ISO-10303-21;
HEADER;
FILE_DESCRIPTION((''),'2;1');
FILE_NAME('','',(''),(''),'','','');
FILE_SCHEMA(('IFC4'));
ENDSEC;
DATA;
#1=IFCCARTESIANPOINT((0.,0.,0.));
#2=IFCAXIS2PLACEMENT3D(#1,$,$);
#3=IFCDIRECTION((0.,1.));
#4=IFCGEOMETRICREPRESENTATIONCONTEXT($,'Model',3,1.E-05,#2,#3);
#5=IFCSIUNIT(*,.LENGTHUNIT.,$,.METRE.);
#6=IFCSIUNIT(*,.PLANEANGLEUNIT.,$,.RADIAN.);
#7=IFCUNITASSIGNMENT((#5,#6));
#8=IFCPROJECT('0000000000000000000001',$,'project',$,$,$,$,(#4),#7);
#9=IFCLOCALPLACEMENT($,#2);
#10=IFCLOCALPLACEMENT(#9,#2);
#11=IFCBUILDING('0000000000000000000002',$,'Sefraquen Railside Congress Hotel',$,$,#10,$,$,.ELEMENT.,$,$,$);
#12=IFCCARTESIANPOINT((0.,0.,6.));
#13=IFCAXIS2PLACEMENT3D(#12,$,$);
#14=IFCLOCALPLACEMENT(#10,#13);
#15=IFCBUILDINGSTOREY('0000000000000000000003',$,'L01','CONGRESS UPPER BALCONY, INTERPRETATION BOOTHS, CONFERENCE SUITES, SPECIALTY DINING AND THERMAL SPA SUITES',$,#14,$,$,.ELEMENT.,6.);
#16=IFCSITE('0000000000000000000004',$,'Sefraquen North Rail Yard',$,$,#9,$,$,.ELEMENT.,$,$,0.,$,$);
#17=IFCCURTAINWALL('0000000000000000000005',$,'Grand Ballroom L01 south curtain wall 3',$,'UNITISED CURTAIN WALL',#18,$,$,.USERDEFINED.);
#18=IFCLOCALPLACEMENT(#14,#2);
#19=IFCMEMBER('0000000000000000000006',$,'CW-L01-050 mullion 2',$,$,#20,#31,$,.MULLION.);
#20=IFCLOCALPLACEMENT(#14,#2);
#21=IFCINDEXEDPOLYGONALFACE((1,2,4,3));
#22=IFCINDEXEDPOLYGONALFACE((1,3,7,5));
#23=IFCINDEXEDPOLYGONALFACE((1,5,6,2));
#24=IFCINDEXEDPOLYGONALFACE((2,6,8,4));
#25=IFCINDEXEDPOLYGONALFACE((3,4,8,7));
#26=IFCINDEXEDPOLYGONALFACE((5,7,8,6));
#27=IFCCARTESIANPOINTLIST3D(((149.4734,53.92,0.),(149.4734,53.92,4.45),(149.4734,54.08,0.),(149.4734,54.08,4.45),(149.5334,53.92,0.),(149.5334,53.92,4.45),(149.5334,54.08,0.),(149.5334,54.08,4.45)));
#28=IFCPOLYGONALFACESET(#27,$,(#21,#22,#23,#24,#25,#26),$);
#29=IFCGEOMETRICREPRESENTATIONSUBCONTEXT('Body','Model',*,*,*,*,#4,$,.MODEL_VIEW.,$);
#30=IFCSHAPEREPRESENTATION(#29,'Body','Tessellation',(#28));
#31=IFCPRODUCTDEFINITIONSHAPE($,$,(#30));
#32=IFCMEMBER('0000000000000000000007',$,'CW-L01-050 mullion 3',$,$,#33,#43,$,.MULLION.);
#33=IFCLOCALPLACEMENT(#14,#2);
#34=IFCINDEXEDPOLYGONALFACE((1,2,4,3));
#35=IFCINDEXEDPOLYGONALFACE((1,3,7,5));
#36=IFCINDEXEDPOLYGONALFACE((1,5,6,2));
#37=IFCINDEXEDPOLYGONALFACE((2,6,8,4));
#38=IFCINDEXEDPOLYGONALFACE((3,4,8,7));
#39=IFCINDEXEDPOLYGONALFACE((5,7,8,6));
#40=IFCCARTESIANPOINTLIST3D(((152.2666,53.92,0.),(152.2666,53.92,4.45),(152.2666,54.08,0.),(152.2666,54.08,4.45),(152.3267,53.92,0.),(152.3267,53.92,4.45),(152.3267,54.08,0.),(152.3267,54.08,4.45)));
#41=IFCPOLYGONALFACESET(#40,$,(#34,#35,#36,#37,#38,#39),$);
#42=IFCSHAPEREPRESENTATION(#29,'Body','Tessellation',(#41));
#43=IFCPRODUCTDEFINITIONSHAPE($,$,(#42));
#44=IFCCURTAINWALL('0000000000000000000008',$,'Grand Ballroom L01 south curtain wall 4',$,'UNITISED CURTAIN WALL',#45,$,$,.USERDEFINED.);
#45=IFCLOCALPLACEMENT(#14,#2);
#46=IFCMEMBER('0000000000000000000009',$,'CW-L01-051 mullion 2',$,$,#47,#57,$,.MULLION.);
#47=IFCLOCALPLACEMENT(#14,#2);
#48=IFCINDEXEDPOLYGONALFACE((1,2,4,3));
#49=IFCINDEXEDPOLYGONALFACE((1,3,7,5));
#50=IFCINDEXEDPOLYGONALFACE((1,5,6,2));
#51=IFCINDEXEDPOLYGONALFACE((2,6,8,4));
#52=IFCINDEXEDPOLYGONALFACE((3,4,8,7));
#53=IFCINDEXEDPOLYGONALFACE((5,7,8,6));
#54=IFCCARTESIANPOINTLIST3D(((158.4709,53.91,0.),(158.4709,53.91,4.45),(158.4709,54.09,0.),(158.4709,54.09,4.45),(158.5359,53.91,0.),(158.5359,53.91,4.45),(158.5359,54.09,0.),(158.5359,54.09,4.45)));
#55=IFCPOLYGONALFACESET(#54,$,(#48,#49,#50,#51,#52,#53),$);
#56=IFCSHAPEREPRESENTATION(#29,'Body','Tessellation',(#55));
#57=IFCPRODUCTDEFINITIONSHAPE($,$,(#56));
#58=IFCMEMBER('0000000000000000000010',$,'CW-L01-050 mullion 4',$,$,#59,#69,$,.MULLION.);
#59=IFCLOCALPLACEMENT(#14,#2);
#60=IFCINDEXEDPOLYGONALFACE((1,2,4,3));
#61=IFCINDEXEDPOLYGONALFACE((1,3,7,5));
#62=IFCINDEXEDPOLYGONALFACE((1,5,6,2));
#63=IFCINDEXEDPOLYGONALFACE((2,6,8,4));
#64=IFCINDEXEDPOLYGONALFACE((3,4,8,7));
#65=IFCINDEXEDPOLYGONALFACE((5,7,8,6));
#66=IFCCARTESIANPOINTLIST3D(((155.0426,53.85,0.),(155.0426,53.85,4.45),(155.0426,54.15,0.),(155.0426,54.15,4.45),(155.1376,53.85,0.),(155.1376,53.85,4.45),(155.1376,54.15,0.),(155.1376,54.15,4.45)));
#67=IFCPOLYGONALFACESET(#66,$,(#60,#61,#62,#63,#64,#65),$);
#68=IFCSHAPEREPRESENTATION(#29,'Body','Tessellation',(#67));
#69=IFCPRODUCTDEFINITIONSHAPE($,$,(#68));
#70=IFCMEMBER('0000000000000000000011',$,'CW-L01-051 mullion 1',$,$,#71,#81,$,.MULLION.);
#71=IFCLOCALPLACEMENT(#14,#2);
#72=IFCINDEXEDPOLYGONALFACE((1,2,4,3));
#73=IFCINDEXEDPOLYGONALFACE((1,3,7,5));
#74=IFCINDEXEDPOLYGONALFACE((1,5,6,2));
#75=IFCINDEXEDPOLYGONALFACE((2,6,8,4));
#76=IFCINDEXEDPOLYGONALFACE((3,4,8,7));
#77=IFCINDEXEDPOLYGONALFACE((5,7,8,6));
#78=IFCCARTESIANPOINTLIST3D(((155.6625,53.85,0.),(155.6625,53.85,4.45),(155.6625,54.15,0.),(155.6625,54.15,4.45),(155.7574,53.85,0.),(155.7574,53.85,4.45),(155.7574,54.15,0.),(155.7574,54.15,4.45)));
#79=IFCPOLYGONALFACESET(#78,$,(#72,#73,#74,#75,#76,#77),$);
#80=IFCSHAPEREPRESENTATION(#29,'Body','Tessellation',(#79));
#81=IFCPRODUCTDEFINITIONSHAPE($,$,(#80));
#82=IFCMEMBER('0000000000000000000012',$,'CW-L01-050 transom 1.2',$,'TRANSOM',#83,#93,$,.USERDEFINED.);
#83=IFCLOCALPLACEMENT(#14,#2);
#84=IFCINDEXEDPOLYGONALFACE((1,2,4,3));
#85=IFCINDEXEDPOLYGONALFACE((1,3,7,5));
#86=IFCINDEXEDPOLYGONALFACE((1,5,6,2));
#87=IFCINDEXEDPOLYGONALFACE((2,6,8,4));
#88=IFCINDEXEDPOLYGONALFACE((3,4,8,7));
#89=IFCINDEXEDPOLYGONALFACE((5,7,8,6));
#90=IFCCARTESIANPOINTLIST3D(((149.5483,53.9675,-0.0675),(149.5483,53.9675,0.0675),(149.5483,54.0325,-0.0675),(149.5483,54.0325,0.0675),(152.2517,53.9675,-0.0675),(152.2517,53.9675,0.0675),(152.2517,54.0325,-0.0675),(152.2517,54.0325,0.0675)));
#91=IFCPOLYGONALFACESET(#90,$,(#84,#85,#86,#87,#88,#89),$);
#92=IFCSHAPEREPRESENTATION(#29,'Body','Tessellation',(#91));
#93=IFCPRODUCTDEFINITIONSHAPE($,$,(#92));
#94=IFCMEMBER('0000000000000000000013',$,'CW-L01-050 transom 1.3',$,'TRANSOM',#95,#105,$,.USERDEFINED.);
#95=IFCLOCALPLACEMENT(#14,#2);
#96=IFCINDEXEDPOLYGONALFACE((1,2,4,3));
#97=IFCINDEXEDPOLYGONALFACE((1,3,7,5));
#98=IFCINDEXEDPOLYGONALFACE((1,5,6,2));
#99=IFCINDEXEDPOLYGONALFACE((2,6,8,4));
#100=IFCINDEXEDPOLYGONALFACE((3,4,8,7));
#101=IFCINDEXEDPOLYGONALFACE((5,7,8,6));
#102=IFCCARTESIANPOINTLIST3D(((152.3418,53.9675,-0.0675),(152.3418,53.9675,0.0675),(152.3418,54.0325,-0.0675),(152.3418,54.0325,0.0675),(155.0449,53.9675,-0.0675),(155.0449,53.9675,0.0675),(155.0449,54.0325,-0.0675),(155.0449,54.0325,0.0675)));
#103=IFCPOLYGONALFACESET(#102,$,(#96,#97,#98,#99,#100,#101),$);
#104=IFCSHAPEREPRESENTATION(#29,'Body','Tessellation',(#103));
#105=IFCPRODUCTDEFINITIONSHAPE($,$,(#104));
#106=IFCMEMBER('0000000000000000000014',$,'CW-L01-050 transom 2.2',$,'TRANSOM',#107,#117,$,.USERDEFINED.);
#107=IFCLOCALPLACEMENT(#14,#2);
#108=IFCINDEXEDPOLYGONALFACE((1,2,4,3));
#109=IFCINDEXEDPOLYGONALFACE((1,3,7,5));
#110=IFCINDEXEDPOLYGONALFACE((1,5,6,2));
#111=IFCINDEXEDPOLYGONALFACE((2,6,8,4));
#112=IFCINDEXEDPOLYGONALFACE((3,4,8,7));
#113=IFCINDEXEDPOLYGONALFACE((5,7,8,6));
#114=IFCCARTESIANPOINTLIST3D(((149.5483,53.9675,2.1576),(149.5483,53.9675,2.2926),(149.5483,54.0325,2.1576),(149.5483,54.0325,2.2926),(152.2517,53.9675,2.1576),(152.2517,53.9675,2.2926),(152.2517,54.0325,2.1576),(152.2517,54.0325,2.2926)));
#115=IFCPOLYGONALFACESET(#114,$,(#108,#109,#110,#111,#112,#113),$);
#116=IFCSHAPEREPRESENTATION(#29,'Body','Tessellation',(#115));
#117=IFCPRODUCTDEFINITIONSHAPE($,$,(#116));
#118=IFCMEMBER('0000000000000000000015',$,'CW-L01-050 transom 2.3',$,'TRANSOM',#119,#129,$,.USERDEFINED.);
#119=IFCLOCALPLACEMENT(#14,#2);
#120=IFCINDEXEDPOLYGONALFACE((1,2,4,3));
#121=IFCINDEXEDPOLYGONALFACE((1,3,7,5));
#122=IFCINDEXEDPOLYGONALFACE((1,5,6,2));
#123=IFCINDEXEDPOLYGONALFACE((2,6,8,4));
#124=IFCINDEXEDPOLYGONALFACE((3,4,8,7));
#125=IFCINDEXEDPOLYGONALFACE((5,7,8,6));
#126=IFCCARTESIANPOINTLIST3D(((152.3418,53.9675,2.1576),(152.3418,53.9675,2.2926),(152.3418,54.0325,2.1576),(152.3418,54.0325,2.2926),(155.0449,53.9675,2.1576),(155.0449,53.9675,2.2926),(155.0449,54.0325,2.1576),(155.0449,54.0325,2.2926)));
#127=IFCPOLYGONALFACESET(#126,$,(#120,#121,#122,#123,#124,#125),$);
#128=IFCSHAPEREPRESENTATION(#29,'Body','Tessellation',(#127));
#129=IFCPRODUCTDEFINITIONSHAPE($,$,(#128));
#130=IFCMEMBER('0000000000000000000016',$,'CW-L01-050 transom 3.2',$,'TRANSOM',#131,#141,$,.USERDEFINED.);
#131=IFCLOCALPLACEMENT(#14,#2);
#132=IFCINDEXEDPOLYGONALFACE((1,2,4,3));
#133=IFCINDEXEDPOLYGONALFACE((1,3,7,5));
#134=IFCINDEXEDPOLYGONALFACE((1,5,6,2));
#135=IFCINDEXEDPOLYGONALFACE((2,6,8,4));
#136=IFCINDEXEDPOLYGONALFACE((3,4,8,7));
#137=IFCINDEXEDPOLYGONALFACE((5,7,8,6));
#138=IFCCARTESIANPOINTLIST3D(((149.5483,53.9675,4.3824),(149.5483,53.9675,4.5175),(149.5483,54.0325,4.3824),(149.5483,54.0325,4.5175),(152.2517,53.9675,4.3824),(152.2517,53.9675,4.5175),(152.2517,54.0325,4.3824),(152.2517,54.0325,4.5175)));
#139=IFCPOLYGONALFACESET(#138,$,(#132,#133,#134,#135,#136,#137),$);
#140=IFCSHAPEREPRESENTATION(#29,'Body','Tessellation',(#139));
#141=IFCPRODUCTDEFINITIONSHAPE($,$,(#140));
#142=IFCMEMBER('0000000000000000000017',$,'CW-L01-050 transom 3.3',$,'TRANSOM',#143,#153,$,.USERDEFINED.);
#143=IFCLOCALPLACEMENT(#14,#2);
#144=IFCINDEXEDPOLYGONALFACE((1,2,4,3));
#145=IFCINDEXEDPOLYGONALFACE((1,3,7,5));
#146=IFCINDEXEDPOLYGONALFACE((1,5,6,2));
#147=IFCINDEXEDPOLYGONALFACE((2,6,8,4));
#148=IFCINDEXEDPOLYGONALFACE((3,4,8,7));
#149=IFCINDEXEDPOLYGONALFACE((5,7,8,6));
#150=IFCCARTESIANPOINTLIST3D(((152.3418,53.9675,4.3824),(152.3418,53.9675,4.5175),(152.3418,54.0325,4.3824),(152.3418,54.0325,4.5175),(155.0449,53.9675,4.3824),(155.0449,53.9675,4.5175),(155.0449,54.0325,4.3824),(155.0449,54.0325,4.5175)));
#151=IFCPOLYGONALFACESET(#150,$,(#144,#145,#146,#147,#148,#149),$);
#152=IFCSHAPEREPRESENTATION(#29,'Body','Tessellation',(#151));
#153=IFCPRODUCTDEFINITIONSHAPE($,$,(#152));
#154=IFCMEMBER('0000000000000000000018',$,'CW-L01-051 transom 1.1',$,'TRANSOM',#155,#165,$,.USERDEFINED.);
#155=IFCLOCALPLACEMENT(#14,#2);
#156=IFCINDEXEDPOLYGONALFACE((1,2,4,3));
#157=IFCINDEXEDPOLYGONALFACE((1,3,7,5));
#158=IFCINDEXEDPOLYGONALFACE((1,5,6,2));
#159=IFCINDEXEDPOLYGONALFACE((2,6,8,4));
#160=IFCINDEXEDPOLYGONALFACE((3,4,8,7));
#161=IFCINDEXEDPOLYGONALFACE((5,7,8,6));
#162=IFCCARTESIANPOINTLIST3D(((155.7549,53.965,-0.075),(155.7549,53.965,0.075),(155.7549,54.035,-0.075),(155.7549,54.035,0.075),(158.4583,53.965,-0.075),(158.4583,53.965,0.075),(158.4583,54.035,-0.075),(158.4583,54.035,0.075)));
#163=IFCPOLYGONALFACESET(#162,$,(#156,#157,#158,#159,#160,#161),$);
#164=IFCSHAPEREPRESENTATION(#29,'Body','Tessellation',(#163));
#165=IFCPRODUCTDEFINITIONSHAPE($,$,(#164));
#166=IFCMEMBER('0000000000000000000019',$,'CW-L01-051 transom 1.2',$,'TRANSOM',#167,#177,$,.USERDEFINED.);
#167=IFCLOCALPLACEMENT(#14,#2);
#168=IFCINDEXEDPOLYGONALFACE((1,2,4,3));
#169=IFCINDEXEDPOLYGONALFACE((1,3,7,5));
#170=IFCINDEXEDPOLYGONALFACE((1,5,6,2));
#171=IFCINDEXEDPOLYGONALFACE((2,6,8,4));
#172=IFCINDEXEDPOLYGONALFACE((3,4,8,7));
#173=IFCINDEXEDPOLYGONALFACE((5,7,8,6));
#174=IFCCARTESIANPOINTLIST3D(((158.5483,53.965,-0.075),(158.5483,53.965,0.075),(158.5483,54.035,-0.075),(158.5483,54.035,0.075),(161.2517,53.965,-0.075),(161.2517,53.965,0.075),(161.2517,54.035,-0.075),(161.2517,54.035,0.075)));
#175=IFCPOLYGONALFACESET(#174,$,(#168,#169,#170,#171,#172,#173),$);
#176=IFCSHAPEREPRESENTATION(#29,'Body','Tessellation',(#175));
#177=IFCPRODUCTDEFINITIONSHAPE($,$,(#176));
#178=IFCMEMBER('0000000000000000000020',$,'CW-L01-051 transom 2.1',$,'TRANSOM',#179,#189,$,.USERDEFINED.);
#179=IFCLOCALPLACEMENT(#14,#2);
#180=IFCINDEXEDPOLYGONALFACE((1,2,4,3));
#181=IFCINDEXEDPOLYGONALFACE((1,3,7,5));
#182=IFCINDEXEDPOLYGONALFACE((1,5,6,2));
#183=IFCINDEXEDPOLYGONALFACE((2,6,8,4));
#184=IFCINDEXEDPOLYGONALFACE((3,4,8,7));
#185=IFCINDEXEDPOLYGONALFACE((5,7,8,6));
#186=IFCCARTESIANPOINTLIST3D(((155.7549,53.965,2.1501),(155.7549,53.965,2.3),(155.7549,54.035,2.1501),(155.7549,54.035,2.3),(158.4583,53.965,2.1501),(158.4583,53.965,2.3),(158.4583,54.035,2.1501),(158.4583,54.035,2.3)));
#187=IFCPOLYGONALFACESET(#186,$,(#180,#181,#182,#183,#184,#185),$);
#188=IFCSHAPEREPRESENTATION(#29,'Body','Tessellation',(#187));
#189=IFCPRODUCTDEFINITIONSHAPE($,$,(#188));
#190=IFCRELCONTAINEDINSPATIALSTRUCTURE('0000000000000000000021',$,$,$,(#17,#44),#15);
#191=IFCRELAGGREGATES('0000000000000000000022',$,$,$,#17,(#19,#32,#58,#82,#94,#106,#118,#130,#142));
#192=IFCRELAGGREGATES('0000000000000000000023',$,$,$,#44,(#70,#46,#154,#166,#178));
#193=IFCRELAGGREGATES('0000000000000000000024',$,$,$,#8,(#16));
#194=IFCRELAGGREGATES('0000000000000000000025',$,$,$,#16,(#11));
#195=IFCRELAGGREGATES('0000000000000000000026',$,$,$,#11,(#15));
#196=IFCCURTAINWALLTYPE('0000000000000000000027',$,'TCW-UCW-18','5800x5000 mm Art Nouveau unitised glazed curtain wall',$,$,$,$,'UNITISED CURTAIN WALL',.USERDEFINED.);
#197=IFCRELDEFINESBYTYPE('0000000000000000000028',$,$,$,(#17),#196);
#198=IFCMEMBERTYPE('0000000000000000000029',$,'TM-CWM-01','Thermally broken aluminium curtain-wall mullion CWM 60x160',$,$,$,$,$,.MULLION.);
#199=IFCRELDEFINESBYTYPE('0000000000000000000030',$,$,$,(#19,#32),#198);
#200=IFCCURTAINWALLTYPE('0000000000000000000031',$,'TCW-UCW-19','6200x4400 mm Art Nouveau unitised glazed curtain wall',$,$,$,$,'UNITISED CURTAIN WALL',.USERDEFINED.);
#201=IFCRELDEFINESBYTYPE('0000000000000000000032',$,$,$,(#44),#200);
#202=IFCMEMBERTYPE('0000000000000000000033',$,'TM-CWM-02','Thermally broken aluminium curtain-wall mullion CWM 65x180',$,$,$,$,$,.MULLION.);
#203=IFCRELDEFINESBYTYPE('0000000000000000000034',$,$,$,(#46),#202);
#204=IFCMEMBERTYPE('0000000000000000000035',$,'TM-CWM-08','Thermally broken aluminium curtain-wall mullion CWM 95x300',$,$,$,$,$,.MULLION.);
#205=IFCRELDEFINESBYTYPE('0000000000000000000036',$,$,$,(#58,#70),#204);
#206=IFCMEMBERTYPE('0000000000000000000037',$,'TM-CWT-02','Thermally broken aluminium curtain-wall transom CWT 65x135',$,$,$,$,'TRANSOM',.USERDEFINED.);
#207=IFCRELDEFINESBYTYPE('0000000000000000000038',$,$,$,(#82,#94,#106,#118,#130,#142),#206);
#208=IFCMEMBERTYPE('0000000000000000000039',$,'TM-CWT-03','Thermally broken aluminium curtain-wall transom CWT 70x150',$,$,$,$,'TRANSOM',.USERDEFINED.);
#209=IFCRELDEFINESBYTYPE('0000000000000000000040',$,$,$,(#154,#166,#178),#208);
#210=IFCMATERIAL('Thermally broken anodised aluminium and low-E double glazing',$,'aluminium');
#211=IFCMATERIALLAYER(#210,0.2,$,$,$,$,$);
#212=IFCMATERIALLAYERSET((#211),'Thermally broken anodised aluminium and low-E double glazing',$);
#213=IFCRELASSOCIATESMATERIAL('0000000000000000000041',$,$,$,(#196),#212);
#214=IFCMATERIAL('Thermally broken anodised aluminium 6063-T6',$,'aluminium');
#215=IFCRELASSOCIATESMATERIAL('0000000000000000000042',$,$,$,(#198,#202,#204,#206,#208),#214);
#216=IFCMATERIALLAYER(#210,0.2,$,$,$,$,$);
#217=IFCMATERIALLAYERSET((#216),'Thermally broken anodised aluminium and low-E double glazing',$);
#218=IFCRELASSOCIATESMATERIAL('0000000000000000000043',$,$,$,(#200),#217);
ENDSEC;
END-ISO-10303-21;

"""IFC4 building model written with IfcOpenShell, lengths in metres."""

from ifc_helpers import new_model, si_unit, direction, frame, origin, origin_2d, place, context, subcontext, project, spatial, rectangle, extrude, material, layer, layer_set, material_profile, profile_set, type_object, element, aggregate, save


model = new_model("IFC4")

# Units and contexts
model_context = context("Model", 3, precision=1e-05, world=origin(), true_north=direction((0.0, 1.0)))
body_context = subcontext(model_context, "Body", "Model", "MODEL_VIEW")
ifc_project = project(units=[si_unit("LENGTHUNIT", "METRE"), si_unit("PLANEANGLEUNIT", "RADIAN")], contexts=[model_context])

# Site, building, storey
site_placement = place(None, origin())
site = spatial("IfcSite", under=ifc_project, at=site_placement, Name="Sefraquen North Rail Yard", CompositionType="ELEMENT", RefElevation=0.0)
building_placement = place(site_placement, origin())
building = spatial("IfcBuilding", under=site, at=building_placement, Name="Sefraquen Railside Congress Hotel", CompositionType="ELEMENT")
storey_placement = place(building_placement, frame((0.0, 0.0, 6.0)))
storey = spatial("IfcBuildingStorey", under=building, at=storey_placement, Name="L01", Description="CONGRESS UPPER BALCONY, INTERPRETATION BOOTHS, CONFERENCE SUITES, SPECIALTY DINING AND THERMAL SPA SUITES", CompositionType="ELEMENT", Elevation=6.0)

# Curtain wall, members
ifc_material_1 = material(Name="Thermally broken anodised aluminium and low-E double glazing", Category="aluminium")
ifc_layer_1 = layer(ifc_material_1, 0.2)
ifc_layer_set_1 = layer_set([ifc_layer_1], Name="Thermally broken anodised aluminium and low-E double glazing")
curtain_wall_type_1 = type_object("IfcCurtainWallType", Name="TCW-UCW-18", Description="5800x5000 mm Art Nouveau unitised glazed curtain wall", ElementType="UNITISED CURTAIN WALL", PredefinedType="USERDEFINED", material=ifc_layer_set_1)
curtain_wall_1_placement = place(storey_placement, origin())
curtain_wall_1 = element("IfcCurtainWall", 1, at=curtain_wall_1_placement, inside=storey, type_object=curtain_wall_type_1, Name="Grand Ballroom L01 south curtain wall 3", ObjectType="UNITISED CURTAIN WALL", PredefinedType="USERDEFINED")
ifc_material_2 = material(Name="Thermally broken anodised aluminium 6063-T6", Category="aluminium")
ifc_material_profile_1 = material_profile(ifc_material_2, rectangle(XDim=0.0601, YDim=0.1599, at=origin_2d()), Name="CWM 60x160")
ifc_profile_set_1 = profile_set([ifc_material_profile_1], Name="Thermally broken anodised aluminium 6063-T6")
member_type_1 = type_object("IfcMemberType", Name="TM-CWM-01", Description="Thermally broken aluminium curtain-wall mullion CWM 60x160", PredefinedType="MULLION", material=ifc_profile_set_1)
member_1_placement = place(storey_placement, frame((149.5034, 54.0, 0.0), z_axis=(0.0, 0.0, 1.0), x_axis=(1.0, 0.0, 0.0)))
member_1 = element("IfcMember", 2, at=member_1_placement, type_object=member_type_1, Name="CW-L01-050 mullion 2", PredefinedType="MULLION", context=body_context, shape_type="SweptSolid", body=[
    extrude(rectangle(XDim=0.0601, YDim=0.1599, at=origin_2d()), origin(), (0.0, 0.0, 1.0), 4.45),
])
member_2_placement = place(storey_placement, frame((152.2966, 54.0, 0.0), z_axis=(0.0, 0.0, 1.0), x_axis=(1.0, 0.0, 0.0)))
member_2 = element("IfcMember", 3, at=member_2_placement, type_object=member_type_1, Name="CW-L01-050 mullion 3", PredefinedType="MULLION", context=body_context, shape_type="SweptSolid", body=[
    extrude(rectangle(XDim=0.0601, YDim=0.1599, at=origin_2d()), origin(), (0.0, 0.0, 1.0), 4.45),
])

# Curtain wall, member
ifc_layer_2 = layer(ifc_material_1, 0.2)
ifc_layer_set_2 = layer_set([ifc_layer_2], Name="Thermally broken anodised aluminium and low-E double glazing")
curtain_wall_type_2 = type_object("IfcCurtainWallType", Name="TCW-UCW-19", Description="6200x4400 mm Art Nouveau unitised glazed curtain wall", ElementType="UNITISED CURTAIN WALL", PredefinedType="USERDEFINED", material=ifc_layer_set_2)
curtain_wall_2_placement = place(storey_placement, origin())
curtain_wall_2 = element("IfcCurtainWall", 4, at=curtain_wall_2_placement, inside=storey, type_object=curtain_wall_type_2, Name="Grand Ballroom L01 south curtain wall 4", ObjectType="UNITISED CURTAIN WALL", PredefinedType="USERDEFINED")
ifc_material_profile_2 = material_profile(ifc_material_2, rectangle(XDim=0.0649, YDim=0.1799, at=origin_2d()), Name="CWM 65x180")
ifc_profile_set_2 = profile_set([ifc_material_profile_2], Name="Thermally broken anodised aluminium 6063-T6")
member_type_2 = type_object("IfcMemberType", Name="TM-CWM-02", Description="Thermally broken aluminium curtain-wall mullion CWM 65x180", PredefinedType="MULLION", material=ifc_profile_set_2)
member_3_placement = place(storey_placement, frame((158.5034, 54.0, 0.0), z_axis=(0.0, 0.0, 1.0), x_axis=(1.0, 0.0, 0.0)))
member_3 = element("IfcMember", 5, at=member_3_placement, type_object=member_type_2, Name="CW-L01-051 mullion 2", PredefinedType="MULLION", context=body_context, shape_type="SweptSolid", body=[
    extrude(rectangle(XDim=0.0649, YDim=0.1799, at=origin_2d()), origin(), (0.0, 0.0, 1.0), 4.45),
])

# Members
ifc_material_profile_3 = material_profile(ifc_material_2, rectangle(XDim=0.095, YDim=0.3, at=origin_2d()), Name="CWM 95x300")
ifc_profile_set_3 = profile_set([ifc_material_profile_3], Name="Thermally broken anodised aluminium 6063-T6")
member_type_3 = type_object("IfcMemberType", Name="TM-CWM-08", Description="Thermally broken aluminium curtain-wall mullion CWM 95x300", PredefinedType="MULLION", material=ifc_profile_set_3)
member_4_placement = place(storey_placement, frame((155.0901, 54.0, 0.0), z_axis=(0.0, 0.0, 1.0), x_axis=(1.0, 0.0, 0.0)))
member_4 = element("IfcMember", 6, at=member_4_placement, type_object=member_type_3, Name="CW-L01-050 mullion 4", PredefinedType="MULLION", context=body_context, shape_type="SweptSolid", body=[
    extrude(rectangle(XDim=0.095, YDim=0.3, at=origin_2d()), origin(), (0.0, 0.0, 1.0), 4.45),
])
member_5_placement = place(storey_placement, frame((155.71, 54.0, 0.0), z_axis=(0.0, 0.0, 1.0), x_axis=(1.0, 0.0, 0.0)))
member_5 = element("IfcMember", 7, at=member_5_placement, type_object=member_type_3, Name="CW-L01-051 mullion 1", PredefinedType="MULLION", context=body_context, shape_type="SweptSolid", body=[
    extrude(rectangle(XDim=0.095, YDim=0.3, at=origin_2d()), origin(), (0.0, 0.0, 1.0), 4.45),
])
ifc_material_profile_4 = material_profile(ifc_material_2, rectangle(XDim=0.0649, YDim=0.135, at=origin_2d()), Name="CWT 65x135")
ifc_profile_set_4 = profile_set([ifc_material_profile_4], Name="Thermally broken anodised aluminium 6063-T6")
member_type_4 = type_object("IfcMemberType", Name="TM-CWT-02", Description="Thermally broken aluminium curtain-wall transom CWT 65x135", ElementType="TRANSOM", PredefinedType="USERDEFINED", material=ifc_profile_set_4)
member_6_placement = place(storey_placement, frame((149.5483, 54.0, 0.0), z_axis=(1.0, 0.0, 0.0), x_axis=(0.0, 1.0, 0.0)))
member_6 = element("IfcMember", 8, at=member_6_placement, type_object=member_type_4, Name="CW-L01-050 transom 1.2", ObjectType="TRANSOM", PredefinedType="USERDEFINED", context=body_context, shape_type="SweptSolid", body=[
    extrude(rectangle(XDim=0.0649, YDim=0.135, at=origin_2d()), origin(), (0.0, 0.0, 1.0), 2.7034),
])
member_7_placement = place(storey_placement, frame((152.3418, 54.0, 0.0), z_axis=(1.0, 0.0, 0.0), x_axis=(0.0, 1.0, 0.0)))
member_7 = element("IfcMember", 9, at=member_7_placement, type_object=member_type_4, Name="CW-L01-050 transom 1.3", ObjectType="TRANSOM", PredefinedType="USERDEFINED", context=body_context, shape_type="SweptSolid", body=[
    extrude(rectangle(XDim=0.0649, YDim=0.135, at=origin_2d()), origin(), (0.0, 0.0, 1.0), 2.7031),
])
member_8_placement = place(storey_placement, frame((149.5483, 54.0, 2.2251), z_axis=(1.0, 0.0, 0.0), x_axis=(0.0, 1.0, 0.0)))
member_8 = element("IfcMember", 10, at=member_8_placement, type_object=member_type_4, Name="CW-L01-050 transom 2.2", ObjectType="TRANSOM", PredefinedType="USERDEFINED", context=body_context, shape_type="SweptSolid", body=[
    extrude(rectangle(XDim=0.0649, YDim=0.135, at=origin_2d()), origin(), (0.0, 0.0, 1.0), 2.7034),
])
member_9_placement = place(storey_placement, frame((152.3418, 54.0, 2.2251), z_axis=(1.0, 0.0, 0.0), x_axis=(0.0, 1.0, 0.0)))
member_9 = element("IfcMember", 11, at=member_9_placement, type_object=member_type_4, Name="CW-L01-050 transom 2.3", ObjectType="TRANSOM", PredefinedType="USERDEFINED", context=body_context, shape_type="SweptSolid", body=[
    extrude(rectangle(XDim=0.0649, YDim=0.135, at=origin_2d()), origin(), (0.0, 0.0, 1.0), 2.7031),
])
member_10_placement = place(storey_placement, frame((149.5483, 54.0, 4.45), z_axis=(1.0, 0.0, 0.0), x_axis=(0.0, 1.0, 0.0)))
member_10 = element("IfcMember", 12, at=member_10_placement, type_object=member_type_4, Name="CW-L01-050 transom 3.2", ObjectType="TRANSOM", PredefinedType="USERDEFINED", context=body_context, shape_type="SweptSolid", body=[
    extrude(rectangle(XDim=0.0649, YDim=0.135, at=origin_2d()), origin(), (0.0, 0.0, 1.0), 2.7034),
])
member_11_placement = place(storey_placement, frame((152.3418, 54.0, 4.45), z_axis=(1.0, 0.0, 0.0), x_axis=(0.0, 1.0, 0.0)))
member_11 = element("IfcMember", 13, at=member_11_placement, type_object=member_type_4, Name="CW-L01-050 transom 3.3", ObjectType="TRANSOM", PredefinedType="USERDEFINED", context=body_context, shape_type="SweptSolid", body=[
    extrude(rectangle(XDim=0.0649, YDim=0.135, at=origin_2d()), origin(), (0.0, 0.0, 1.0), 2.7031),
])
ifc_material_profile_5 = material_profile(ifc_material_2, rectangle(XDim=0.0701, YDim=0.1499, at=origin_2d()), Name="CWT 70x150")
ifc_profile_set_5 = profile_set([ifc_material_profile_5], Name="Thermally broken anodised aluminium 6063-T6")
member_type_5 = type_object("IfcMemberType", Name="TM-CWT-03", Description="Thermally broken aluminium curtain-wall transom CWT 70x150", ElementType="TRANSOM", PredefinedType="USERDEFINED", material=ifc_profile_set_5)
member_12_placement = place(storey_placement, frame((155.7549, 54.0, 0.0), z_axis=(1.0, 0.0, 0.0), x_axis=(0.0, 1.0, 0.0)))
member_12 = element("IfcMember", 14, at=member_12_placement, type_object=member_type_5, Name="CW-L01-051 transom 1.1", ObjectType="TRANSOM", PredefinedType="USERDEFINED", context=body_context, shape_type="SweptSolid", body=[
    extrude(rectangle(XDim=0.0701, YDim=0.1499, at=origin_2d()), origin(), (0.0, 0.0, 1.0), 2.7034),
])
member_13_placement = place(storey_placement, frame((158.5483, 54.0, 0.0), z_axis=(1.0, 0.0, 0.0), x_axis=(0.0, 1.0, 0.0)))
member_13 = element("IfcMember", 15, at=member_13_placement, type_object=member_type_5, Name="CW-L01-051 transom 1.2", ObjectType="TRANSOM", PredefinedType="USERDEFINED", context=body_context, shape_type="SweptSolid", body=[
    extrude(rectangle(XDim=0.0701, YDim=0.1499, at=origin_2d()), origin(), (0.0, 0.0, 1.0), 2.7034),
])
member_14_placement = place(storey_placement, frame((155.7549, 54.0, 2.2251), z_axis=(1.0, 0.0, 0.0), x_axis=(0.0, 1.0, 0.0)))
member_14 = element("IfcMember", 16, at=member_14_placement, type_object=member_type_5, Name="CW-L01-051 transom 2.1", ObjectType="TRANSOM", PredefinedType="USERDEFINED", context=body_context, shape_type="SweptSolid", body=[
    extrude(rectangle(XDim=0.0701, YDim=0.1499, at=origin_2d()), origin(), (0.0, 0.0, 1.0), 2.7034),
])

aggregate(curtain_wall_1, [member_1, member_2, member_4, member_6, member_7, member_8, member_9, member_10, member_11])
aggregate(curtain_wall_2, [member_5, member_3, member_12, member_13, member_14])

save(model, "model.ifc")
